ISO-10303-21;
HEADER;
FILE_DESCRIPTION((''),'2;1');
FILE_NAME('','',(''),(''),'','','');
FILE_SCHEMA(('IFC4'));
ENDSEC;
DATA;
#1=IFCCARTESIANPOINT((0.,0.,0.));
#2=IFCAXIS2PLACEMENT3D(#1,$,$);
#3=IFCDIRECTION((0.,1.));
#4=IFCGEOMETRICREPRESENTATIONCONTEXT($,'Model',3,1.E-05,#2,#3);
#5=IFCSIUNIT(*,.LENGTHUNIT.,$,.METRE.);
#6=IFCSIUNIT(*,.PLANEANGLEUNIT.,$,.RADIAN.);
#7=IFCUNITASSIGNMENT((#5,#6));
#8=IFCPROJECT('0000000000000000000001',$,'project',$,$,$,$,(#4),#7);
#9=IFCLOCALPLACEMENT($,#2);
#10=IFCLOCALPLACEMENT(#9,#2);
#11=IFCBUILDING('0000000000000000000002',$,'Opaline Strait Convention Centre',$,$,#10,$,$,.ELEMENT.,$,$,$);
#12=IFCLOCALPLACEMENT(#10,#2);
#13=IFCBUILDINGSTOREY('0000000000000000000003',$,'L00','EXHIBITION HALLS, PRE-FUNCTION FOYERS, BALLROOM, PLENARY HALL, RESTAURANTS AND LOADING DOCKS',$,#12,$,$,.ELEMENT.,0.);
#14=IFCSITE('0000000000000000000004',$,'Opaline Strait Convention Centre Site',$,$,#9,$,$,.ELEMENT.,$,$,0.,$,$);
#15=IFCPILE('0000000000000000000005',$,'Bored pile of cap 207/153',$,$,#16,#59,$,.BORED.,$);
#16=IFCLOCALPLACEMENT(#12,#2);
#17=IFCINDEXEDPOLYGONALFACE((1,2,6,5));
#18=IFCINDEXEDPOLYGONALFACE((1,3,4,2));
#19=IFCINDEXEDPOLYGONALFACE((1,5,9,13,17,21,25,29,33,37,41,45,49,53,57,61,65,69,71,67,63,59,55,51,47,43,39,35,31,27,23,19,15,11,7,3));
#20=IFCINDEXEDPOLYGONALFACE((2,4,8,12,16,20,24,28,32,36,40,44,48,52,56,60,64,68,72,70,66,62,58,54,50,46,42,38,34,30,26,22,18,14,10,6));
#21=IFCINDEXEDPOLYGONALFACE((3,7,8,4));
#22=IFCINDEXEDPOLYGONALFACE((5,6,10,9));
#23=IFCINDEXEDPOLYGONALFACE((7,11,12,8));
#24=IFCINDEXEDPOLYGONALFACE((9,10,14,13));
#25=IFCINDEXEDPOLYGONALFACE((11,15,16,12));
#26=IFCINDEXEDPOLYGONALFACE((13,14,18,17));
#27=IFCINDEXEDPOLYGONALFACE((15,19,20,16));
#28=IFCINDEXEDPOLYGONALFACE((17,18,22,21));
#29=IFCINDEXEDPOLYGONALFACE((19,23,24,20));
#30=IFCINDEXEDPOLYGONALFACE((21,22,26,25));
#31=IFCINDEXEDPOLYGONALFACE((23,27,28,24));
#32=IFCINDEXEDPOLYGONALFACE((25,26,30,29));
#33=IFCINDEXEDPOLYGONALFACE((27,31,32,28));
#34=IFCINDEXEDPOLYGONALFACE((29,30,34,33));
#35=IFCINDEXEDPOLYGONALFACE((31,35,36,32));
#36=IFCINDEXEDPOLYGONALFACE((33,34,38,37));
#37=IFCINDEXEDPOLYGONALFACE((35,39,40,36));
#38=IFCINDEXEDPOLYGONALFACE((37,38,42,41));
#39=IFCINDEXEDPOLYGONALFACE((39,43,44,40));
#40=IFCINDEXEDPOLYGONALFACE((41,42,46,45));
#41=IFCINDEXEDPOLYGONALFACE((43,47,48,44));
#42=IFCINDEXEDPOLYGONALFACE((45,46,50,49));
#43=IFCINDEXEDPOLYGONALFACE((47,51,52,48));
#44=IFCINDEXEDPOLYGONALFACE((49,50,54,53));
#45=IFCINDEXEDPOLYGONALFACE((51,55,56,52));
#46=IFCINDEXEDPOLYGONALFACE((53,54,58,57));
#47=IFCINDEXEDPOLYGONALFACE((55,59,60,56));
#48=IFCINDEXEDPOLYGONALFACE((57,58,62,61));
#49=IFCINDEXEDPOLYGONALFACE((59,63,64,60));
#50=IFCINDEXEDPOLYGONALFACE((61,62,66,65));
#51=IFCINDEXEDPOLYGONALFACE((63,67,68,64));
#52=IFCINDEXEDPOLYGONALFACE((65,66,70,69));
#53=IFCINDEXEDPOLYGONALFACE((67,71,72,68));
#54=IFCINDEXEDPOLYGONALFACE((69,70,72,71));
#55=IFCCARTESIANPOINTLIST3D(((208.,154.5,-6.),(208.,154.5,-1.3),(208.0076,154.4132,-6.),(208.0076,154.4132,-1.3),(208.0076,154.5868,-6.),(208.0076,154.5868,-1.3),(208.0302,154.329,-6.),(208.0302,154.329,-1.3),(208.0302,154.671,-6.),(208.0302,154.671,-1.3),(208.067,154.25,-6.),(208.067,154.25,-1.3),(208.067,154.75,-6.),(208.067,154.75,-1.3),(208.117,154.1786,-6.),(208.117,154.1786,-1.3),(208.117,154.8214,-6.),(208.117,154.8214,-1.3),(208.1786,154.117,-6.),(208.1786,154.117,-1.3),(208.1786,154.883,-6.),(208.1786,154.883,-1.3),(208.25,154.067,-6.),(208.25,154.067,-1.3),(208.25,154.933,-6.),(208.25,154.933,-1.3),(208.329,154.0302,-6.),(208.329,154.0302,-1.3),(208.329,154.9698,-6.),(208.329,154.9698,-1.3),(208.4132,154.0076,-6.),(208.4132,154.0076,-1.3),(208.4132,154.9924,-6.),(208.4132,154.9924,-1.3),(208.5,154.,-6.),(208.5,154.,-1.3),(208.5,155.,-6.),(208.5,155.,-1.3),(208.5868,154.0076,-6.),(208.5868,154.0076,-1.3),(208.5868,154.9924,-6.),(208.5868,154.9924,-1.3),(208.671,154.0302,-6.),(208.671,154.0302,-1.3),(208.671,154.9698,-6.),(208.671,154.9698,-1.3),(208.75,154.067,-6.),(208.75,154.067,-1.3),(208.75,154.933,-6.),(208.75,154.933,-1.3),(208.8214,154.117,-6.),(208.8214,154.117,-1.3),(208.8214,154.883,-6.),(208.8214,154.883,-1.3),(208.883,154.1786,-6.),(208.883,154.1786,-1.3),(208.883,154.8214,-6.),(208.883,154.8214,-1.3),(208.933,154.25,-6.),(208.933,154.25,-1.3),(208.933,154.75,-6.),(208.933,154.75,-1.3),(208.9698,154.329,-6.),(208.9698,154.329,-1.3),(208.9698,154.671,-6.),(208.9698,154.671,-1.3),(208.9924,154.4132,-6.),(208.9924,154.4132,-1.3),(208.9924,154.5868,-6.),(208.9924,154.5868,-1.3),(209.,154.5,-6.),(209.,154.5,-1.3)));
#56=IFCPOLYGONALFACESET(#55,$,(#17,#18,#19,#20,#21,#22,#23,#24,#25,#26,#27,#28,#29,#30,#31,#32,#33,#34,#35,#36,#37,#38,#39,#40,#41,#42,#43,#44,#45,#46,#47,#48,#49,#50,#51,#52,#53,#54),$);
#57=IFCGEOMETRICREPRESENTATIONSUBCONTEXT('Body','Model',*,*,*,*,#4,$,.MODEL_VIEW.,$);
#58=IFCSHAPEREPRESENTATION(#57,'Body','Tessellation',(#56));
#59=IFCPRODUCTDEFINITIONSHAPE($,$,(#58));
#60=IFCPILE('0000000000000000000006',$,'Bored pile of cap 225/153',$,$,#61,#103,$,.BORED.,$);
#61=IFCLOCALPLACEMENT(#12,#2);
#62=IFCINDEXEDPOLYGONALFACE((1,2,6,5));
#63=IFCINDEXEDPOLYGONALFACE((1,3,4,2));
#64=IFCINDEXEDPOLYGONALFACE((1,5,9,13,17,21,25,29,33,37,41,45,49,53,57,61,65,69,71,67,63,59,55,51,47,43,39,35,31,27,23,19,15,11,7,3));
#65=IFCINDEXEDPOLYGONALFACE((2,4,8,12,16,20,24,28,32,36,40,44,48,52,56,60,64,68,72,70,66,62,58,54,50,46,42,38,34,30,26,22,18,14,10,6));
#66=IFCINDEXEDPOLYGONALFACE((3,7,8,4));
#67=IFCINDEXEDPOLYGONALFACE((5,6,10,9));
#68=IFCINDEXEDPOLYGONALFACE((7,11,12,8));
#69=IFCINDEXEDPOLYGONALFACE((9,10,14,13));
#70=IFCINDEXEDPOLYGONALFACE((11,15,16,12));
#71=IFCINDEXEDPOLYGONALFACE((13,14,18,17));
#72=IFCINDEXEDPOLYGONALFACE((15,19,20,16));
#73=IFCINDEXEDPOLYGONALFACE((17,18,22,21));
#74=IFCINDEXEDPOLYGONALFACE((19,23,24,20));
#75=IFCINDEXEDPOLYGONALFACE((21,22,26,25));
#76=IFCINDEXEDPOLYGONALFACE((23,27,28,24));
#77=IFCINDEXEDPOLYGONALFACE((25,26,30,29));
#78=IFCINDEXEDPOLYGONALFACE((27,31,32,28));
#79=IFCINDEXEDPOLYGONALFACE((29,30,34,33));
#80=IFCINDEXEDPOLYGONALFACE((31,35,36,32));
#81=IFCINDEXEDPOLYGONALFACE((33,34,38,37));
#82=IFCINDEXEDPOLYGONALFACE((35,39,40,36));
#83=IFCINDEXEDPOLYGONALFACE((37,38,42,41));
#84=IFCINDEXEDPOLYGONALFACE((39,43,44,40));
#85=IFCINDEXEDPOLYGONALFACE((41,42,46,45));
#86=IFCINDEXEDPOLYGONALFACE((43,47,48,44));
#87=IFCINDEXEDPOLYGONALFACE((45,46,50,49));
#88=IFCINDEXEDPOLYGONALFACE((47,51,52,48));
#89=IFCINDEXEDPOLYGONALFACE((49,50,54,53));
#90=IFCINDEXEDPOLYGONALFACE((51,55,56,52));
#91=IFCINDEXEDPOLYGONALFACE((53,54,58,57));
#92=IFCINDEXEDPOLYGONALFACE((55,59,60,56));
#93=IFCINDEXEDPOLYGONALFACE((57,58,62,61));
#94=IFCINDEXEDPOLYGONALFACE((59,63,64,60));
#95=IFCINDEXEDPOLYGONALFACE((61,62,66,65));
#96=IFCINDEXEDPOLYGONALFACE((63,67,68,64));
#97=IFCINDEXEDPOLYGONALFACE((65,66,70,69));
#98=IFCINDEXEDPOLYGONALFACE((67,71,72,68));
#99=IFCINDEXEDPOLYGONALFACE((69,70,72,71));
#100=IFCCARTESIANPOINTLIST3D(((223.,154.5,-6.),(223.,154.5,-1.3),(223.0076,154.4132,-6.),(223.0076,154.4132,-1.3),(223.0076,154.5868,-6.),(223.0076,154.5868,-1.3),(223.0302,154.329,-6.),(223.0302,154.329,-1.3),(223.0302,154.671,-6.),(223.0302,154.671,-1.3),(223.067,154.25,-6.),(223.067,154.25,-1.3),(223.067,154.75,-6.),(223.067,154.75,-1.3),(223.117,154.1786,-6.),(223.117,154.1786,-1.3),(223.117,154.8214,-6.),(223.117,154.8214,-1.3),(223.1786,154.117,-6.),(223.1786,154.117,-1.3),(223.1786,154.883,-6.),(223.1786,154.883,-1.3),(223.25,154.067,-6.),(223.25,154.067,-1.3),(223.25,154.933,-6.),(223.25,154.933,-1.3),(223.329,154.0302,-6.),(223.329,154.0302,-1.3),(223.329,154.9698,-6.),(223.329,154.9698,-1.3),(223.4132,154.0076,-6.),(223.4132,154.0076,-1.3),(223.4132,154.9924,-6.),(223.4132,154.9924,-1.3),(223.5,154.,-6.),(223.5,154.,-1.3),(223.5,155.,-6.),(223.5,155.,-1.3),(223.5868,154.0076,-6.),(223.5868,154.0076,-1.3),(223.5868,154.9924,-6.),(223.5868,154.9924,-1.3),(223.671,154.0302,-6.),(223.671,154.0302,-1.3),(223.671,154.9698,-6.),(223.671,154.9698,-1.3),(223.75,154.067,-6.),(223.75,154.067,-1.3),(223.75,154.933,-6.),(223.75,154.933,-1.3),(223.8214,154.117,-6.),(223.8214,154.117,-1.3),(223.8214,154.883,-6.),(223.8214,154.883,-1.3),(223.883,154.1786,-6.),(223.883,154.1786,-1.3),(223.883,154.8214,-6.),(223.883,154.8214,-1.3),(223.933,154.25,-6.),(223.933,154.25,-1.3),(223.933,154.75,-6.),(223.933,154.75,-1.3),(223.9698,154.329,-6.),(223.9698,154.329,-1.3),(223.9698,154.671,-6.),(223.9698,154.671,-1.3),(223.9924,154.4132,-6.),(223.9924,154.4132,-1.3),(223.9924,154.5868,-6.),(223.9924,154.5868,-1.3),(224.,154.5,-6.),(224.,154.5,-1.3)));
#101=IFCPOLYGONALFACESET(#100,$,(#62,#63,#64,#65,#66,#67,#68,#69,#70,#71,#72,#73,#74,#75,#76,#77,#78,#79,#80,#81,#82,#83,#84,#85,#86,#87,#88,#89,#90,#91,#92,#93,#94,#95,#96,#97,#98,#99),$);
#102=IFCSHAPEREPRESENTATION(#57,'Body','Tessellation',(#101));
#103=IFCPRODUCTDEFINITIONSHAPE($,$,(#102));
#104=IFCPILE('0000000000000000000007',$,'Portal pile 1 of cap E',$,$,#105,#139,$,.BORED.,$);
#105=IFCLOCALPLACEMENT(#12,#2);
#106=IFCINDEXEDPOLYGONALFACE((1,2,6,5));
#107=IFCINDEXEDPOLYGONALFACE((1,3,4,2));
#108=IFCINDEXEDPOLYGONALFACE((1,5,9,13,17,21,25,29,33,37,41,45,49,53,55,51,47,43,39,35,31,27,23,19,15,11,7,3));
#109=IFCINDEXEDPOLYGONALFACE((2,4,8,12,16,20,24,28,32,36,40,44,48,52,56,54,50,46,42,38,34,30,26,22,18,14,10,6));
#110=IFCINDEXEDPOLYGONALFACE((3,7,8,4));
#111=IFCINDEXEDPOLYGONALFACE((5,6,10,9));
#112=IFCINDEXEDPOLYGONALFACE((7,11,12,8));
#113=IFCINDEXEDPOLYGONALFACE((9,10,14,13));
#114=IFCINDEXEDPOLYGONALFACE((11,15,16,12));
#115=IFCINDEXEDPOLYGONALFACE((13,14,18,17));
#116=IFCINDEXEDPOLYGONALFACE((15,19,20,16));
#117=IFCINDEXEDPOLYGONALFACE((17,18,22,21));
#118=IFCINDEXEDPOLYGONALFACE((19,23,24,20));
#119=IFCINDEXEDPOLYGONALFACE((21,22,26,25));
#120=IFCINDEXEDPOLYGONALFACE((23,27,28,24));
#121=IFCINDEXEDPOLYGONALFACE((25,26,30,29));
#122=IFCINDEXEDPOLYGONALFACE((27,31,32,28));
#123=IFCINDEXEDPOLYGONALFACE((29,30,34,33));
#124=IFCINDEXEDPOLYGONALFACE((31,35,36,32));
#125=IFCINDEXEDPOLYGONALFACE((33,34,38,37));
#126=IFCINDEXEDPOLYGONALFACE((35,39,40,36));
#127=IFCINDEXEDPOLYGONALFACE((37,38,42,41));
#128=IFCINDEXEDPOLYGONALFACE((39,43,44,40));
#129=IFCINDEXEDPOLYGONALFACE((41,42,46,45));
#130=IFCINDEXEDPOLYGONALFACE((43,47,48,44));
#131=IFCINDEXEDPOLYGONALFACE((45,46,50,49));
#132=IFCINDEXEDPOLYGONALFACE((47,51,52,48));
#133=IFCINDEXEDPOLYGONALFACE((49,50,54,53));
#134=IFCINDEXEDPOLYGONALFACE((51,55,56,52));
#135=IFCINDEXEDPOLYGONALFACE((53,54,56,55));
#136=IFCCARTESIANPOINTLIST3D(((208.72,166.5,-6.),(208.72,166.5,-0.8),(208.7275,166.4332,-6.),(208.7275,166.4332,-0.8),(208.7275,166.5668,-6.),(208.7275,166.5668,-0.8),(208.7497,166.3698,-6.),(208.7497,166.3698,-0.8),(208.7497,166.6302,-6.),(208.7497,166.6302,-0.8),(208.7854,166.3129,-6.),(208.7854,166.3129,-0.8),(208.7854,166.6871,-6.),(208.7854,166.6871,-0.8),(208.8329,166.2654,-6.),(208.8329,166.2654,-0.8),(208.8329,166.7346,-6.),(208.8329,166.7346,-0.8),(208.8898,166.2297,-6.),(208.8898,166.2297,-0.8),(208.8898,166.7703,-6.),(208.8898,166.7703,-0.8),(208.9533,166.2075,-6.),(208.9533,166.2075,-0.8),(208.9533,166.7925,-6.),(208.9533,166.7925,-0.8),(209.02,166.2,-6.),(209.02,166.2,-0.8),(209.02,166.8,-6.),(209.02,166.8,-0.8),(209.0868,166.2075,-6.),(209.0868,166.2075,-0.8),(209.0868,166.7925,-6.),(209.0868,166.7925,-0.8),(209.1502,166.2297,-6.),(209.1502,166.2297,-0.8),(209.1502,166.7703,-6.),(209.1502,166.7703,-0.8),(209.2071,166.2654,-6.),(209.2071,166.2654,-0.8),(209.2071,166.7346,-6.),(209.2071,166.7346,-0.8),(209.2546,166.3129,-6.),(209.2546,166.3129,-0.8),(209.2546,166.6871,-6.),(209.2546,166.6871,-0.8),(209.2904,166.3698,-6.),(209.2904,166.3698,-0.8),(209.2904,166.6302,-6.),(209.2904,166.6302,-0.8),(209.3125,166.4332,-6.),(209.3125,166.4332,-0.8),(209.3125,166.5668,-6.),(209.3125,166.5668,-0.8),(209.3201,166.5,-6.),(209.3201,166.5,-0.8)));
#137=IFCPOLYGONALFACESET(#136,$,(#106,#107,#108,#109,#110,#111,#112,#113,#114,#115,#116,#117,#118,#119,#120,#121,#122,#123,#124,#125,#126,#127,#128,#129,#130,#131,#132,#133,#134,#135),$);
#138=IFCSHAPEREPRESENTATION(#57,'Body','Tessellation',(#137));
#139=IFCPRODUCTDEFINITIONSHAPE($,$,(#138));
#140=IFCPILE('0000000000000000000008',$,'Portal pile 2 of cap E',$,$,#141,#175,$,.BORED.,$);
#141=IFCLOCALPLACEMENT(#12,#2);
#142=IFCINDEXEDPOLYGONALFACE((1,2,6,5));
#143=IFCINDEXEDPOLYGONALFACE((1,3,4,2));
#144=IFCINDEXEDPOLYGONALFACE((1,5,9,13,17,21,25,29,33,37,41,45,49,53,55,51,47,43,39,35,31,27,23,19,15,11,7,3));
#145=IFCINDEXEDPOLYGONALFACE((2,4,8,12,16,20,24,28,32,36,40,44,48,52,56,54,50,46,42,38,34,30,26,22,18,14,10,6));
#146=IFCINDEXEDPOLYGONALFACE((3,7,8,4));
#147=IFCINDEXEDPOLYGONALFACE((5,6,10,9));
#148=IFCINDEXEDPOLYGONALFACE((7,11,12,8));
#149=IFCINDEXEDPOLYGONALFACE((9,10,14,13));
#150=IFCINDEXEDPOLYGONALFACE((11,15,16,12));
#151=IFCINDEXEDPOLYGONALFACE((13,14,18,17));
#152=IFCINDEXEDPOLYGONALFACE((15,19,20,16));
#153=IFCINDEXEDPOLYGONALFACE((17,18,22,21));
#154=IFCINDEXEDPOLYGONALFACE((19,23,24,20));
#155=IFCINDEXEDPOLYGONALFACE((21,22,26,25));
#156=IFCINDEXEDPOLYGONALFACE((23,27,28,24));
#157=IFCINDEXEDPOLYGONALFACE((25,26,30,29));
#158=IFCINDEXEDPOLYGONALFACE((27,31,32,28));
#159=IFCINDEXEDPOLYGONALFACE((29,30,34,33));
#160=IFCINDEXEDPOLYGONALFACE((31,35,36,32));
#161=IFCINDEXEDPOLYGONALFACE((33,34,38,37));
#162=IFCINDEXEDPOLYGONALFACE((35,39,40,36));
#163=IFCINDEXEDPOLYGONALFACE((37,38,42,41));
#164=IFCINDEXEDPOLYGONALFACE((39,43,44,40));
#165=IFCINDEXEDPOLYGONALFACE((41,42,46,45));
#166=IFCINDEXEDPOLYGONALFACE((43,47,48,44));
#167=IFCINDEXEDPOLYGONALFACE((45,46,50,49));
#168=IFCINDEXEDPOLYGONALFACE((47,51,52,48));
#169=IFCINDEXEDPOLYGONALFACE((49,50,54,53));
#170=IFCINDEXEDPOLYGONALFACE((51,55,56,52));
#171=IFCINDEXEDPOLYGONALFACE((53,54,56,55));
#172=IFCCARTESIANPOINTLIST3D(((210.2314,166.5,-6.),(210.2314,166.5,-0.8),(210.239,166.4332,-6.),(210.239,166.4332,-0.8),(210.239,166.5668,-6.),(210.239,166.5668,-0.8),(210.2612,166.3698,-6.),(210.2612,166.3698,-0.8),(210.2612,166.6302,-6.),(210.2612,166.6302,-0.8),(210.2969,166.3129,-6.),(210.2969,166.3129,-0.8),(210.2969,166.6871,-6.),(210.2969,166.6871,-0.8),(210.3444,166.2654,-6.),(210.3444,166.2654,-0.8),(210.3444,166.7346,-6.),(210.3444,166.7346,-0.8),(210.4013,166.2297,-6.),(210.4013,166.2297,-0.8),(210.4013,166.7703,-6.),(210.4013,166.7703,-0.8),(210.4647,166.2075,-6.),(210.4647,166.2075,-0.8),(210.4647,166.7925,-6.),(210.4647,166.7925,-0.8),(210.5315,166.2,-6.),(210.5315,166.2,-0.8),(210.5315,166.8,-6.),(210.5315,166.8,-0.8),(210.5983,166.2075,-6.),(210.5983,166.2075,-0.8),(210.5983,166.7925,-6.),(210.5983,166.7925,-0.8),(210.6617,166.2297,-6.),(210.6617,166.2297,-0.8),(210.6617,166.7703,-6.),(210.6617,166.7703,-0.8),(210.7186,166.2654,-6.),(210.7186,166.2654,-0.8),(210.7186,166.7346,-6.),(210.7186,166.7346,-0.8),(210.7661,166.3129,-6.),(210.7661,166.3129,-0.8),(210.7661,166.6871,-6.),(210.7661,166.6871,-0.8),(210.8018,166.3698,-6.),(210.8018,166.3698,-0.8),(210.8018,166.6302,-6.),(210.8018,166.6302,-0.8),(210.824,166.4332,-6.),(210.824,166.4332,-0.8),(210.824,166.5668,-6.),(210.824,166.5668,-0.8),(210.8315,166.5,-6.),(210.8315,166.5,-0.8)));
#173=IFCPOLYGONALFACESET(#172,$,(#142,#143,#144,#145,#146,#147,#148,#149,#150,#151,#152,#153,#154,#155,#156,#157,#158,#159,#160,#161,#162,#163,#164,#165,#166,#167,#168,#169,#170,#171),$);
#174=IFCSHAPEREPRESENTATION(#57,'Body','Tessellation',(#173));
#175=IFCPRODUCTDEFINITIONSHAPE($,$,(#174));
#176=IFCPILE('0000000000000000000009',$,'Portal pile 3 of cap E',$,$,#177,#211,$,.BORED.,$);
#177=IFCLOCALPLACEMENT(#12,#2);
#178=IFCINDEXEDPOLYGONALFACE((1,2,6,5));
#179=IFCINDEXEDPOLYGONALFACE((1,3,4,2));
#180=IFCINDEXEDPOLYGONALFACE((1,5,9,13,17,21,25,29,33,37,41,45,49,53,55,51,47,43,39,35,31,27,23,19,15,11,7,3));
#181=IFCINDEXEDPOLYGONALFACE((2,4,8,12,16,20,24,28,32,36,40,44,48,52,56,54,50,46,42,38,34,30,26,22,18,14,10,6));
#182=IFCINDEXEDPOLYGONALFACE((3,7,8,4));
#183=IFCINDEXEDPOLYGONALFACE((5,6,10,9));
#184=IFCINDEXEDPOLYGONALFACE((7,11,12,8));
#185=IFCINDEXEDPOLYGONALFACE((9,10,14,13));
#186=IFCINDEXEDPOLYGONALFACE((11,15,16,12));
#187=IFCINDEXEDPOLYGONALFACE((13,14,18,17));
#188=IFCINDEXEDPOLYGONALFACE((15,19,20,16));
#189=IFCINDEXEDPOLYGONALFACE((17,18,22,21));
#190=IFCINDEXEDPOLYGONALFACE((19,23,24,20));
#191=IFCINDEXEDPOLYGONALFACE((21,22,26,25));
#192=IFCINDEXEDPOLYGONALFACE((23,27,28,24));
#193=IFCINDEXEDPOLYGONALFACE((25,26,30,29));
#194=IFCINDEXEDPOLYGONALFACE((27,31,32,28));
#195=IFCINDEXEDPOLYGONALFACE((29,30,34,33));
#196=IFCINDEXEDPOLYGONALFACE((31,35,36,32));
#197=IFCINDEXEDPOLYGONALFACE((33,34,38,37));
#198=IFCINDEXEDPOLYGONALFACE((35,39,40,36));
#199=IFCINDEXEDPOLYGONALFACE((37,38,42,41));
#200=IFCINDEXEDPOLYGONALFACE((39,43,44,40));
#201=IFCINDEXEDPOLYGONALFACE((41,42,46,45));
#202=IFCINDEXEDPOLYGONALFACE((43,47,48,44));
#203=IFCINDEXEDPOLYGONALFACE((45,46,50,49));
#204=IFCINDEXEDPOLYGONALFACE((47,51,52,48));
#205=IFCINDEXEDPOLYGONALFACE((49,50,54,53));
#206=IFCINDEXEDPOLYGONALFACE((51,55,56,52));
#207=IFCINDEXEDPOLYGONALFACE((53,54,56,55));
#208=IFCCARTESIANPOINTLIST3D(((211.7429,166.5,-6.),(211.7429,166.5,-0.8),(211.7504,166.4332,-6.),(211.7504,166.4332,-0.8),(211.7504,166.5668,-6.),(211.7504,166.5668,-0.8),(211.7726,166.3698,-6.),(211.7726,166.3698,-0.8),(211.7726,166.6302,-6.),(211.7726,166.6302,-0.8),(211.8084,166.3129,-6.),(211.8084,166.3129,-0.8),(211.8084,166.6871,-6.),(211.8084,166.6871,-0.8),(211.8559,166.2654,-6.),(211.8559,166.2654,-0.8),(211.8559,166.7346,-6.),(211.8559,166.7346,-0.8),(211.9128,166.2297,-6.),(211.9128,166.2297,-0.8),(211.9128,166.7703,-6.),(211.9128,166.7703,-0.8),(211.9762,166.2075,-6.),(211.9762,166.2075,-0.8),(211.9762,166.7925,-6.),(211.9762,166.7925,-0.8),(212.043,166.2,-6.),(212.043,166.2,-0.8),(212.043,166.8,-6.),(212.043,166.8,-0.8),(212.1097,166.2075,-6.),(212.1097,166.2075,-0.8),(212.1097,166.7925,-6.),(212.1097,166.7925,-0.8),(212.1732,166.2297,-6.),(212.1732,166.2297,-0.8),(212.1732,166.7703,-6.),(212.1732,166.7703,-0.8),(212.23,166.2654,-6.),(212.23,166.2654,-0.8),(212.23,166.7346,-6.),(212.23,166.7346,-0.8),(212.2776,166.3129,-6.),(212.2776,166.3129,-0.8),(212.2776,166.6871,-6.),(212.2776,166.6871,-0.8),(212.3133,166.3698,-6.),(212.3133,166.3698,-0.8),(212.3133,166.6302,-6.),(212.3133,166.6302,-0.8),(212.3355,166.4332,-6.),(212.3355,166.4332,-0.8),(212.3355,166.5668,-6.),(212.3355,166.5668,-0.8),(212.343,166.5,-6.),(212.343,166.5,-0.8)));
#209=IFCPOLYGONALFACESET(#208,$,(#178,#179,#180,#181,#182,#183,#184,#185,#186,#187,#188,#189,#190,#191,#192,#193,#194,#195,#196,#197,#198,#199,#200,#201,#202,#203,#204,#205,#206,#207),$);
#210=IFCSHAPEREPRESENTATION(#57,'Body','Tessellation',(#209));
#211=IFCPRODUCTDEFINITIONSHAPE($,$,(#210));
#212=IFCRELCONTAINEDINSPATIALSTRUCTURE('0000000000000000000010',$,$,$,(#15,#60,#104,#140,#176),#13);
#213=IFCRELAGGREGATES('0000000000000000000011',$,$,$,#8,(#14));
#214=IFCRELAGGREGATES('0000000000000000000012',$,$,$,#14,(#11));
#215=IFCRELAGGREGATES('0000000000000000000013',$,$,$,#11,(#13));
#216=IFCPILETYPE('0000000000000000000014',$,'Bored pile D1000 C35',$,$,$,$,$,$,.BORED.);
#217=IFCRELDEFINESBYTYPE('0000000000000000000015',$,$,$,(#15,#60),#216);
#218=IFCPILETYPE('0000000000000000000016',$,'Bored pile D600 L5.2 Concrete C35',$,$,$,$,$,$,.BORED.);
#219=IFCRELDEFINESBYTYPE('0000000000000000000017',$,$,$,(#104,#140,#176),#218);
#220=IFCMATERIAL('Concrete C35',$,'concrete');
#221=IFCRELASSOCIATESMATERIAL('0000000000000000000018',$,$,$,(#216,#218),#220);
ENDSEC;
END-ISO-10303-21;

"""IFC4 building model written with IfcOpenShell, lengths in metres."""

from ifc_helpers import new_model, si_unit, direction, frame, origin, origin_2d, place, context, subcontext, project, spatial, circle, extrude, material, material_profile, profile_set, type_object, element, save


model = new_model("IFC4")

# Units and contexts
model_context = context("Model", 3, precision=1e-05, world=origin(), true_north=direction((0.0, 1.0)))
body_context = subcontext(model_context, "Body", "Model", "MODEL_VIEW")
ifc_project = project(units=[si_unit("LENGTHUNIT", "METRE"), si_unit("PLANEANGLEUNIT", "RADIAN")], contexts=[model_context])

# Site, building, storey
site_placement = place(None, origin())
site = spatial("IfcSite", under=ifc_project, at=site_placement, Name="Opaline Strait Convention Centre Site", CompositionType="ELEMENT", RefElevation=0.0)
building_placement = place(site_placement, origin())
building = spatial("IfcBuilding", under=site, at=building_placement, Name="Opaline Strait Convention Centre", CompositionType="ELEMENT")
storey_placement = place(building_placement, origin())
storey = spatial("IfcBuildingStorey", under=building, at=storey_placement, Name="L00", Description="EXHIBITION HALLS, PRE-FUNCTION FOYERS, BALLROOM, PLENARY HALL, RESTAURANTS AND LOADING DOCKS", CompositionType="ELEMENT", Elevation=0.0)

# Piles
ifc_material_1 = material(Name="Concrete C35", Category="concrete")
ifc_material_profile_1 = material_profile(ifc_material_1, circle(Radius=0.5, at=origin_2d()), Name="D1000")
ifc_profile_set_1 = profile_set([ifc_material_profile_1], Name="Concrete C35")
pile_type_1 = type_object("IfcPileType", Name="Bored pile D1000 C35", PredefinedType="BORED", material=ifc_profile_set_1)
for number, where, z_axis, x_axis, name in (
    (1, (208.5, 154.5, -1.3), (0.0, 0.0, -1.0), (1.0, 0.0, 0.0), "Bored pile of cap 207/153"),
    (2, (223.5, 154.5, -1.3), (0.0, 0.0, -1.0), (1.0, 0.0, 0.0), "Bored pile of cap 225/153"),
):
    element("IfcPile", number, at=place(storey_placement, frame(where, z_axis=z_axis, x_axis=x_axis)), inside=storey, type_object=pile_type_1, Name=name, PredefinedType="BORED", context=body_context, shape_type="SweptSolid", body=[
        extrude(circle(Radius=0.5, at=origin_2d()), origin(), (0.0, 0.0, 1.0), 4.7),
    ])
ifc_material_profile_2 = material_profile(ifc_material_1, circle(Radius=0.3, at=origin_2d()), Name="D600")
ifc_profile_set_2 = profile_set([ifc_material_profile_2], Name="Concrete C35")
pile_type_2 = type_object("IfcPileType", Name="Bored pile D600 L5.2 Concrete C35", PredefinedType="BORED", material=ifc_profile_set_2)
for number, where, z_axis, x_axis, name in (
    (3, (209.02, 166.5, -0.8), (0.0, 0.0, -1.0), (1.0, 0.0, 0.0), "Portal pile 1 of cap E"),
    (4, (210.5315, 166.5, -0.8), (0.0, 0.0, -1.0), (1.0, 0.0, 0.0), "Portal pile 2 of cap E"),
    (5, (212.043, 166.5, -0.8), (0.0, 0.0, -1.0), (1.0, 0.0, 0.0), "Portal pile 3 of cap E"),
):
    element("IfcPile", number, at=place(storey_placement, frame(where, z_axis=z_axis, x_axis=x_axis)), inside=storey, type_object=pile_type_2, Name=name, PredefinedType="BORED", context=body_context, shape_type="SweptSolid", body=[
        extrude(circle(Radius=0.3, at=origin_2d()), origin(), (0.0, 0.0, 1.0), 5.2),
    ])

save(model, "model.ifc")
